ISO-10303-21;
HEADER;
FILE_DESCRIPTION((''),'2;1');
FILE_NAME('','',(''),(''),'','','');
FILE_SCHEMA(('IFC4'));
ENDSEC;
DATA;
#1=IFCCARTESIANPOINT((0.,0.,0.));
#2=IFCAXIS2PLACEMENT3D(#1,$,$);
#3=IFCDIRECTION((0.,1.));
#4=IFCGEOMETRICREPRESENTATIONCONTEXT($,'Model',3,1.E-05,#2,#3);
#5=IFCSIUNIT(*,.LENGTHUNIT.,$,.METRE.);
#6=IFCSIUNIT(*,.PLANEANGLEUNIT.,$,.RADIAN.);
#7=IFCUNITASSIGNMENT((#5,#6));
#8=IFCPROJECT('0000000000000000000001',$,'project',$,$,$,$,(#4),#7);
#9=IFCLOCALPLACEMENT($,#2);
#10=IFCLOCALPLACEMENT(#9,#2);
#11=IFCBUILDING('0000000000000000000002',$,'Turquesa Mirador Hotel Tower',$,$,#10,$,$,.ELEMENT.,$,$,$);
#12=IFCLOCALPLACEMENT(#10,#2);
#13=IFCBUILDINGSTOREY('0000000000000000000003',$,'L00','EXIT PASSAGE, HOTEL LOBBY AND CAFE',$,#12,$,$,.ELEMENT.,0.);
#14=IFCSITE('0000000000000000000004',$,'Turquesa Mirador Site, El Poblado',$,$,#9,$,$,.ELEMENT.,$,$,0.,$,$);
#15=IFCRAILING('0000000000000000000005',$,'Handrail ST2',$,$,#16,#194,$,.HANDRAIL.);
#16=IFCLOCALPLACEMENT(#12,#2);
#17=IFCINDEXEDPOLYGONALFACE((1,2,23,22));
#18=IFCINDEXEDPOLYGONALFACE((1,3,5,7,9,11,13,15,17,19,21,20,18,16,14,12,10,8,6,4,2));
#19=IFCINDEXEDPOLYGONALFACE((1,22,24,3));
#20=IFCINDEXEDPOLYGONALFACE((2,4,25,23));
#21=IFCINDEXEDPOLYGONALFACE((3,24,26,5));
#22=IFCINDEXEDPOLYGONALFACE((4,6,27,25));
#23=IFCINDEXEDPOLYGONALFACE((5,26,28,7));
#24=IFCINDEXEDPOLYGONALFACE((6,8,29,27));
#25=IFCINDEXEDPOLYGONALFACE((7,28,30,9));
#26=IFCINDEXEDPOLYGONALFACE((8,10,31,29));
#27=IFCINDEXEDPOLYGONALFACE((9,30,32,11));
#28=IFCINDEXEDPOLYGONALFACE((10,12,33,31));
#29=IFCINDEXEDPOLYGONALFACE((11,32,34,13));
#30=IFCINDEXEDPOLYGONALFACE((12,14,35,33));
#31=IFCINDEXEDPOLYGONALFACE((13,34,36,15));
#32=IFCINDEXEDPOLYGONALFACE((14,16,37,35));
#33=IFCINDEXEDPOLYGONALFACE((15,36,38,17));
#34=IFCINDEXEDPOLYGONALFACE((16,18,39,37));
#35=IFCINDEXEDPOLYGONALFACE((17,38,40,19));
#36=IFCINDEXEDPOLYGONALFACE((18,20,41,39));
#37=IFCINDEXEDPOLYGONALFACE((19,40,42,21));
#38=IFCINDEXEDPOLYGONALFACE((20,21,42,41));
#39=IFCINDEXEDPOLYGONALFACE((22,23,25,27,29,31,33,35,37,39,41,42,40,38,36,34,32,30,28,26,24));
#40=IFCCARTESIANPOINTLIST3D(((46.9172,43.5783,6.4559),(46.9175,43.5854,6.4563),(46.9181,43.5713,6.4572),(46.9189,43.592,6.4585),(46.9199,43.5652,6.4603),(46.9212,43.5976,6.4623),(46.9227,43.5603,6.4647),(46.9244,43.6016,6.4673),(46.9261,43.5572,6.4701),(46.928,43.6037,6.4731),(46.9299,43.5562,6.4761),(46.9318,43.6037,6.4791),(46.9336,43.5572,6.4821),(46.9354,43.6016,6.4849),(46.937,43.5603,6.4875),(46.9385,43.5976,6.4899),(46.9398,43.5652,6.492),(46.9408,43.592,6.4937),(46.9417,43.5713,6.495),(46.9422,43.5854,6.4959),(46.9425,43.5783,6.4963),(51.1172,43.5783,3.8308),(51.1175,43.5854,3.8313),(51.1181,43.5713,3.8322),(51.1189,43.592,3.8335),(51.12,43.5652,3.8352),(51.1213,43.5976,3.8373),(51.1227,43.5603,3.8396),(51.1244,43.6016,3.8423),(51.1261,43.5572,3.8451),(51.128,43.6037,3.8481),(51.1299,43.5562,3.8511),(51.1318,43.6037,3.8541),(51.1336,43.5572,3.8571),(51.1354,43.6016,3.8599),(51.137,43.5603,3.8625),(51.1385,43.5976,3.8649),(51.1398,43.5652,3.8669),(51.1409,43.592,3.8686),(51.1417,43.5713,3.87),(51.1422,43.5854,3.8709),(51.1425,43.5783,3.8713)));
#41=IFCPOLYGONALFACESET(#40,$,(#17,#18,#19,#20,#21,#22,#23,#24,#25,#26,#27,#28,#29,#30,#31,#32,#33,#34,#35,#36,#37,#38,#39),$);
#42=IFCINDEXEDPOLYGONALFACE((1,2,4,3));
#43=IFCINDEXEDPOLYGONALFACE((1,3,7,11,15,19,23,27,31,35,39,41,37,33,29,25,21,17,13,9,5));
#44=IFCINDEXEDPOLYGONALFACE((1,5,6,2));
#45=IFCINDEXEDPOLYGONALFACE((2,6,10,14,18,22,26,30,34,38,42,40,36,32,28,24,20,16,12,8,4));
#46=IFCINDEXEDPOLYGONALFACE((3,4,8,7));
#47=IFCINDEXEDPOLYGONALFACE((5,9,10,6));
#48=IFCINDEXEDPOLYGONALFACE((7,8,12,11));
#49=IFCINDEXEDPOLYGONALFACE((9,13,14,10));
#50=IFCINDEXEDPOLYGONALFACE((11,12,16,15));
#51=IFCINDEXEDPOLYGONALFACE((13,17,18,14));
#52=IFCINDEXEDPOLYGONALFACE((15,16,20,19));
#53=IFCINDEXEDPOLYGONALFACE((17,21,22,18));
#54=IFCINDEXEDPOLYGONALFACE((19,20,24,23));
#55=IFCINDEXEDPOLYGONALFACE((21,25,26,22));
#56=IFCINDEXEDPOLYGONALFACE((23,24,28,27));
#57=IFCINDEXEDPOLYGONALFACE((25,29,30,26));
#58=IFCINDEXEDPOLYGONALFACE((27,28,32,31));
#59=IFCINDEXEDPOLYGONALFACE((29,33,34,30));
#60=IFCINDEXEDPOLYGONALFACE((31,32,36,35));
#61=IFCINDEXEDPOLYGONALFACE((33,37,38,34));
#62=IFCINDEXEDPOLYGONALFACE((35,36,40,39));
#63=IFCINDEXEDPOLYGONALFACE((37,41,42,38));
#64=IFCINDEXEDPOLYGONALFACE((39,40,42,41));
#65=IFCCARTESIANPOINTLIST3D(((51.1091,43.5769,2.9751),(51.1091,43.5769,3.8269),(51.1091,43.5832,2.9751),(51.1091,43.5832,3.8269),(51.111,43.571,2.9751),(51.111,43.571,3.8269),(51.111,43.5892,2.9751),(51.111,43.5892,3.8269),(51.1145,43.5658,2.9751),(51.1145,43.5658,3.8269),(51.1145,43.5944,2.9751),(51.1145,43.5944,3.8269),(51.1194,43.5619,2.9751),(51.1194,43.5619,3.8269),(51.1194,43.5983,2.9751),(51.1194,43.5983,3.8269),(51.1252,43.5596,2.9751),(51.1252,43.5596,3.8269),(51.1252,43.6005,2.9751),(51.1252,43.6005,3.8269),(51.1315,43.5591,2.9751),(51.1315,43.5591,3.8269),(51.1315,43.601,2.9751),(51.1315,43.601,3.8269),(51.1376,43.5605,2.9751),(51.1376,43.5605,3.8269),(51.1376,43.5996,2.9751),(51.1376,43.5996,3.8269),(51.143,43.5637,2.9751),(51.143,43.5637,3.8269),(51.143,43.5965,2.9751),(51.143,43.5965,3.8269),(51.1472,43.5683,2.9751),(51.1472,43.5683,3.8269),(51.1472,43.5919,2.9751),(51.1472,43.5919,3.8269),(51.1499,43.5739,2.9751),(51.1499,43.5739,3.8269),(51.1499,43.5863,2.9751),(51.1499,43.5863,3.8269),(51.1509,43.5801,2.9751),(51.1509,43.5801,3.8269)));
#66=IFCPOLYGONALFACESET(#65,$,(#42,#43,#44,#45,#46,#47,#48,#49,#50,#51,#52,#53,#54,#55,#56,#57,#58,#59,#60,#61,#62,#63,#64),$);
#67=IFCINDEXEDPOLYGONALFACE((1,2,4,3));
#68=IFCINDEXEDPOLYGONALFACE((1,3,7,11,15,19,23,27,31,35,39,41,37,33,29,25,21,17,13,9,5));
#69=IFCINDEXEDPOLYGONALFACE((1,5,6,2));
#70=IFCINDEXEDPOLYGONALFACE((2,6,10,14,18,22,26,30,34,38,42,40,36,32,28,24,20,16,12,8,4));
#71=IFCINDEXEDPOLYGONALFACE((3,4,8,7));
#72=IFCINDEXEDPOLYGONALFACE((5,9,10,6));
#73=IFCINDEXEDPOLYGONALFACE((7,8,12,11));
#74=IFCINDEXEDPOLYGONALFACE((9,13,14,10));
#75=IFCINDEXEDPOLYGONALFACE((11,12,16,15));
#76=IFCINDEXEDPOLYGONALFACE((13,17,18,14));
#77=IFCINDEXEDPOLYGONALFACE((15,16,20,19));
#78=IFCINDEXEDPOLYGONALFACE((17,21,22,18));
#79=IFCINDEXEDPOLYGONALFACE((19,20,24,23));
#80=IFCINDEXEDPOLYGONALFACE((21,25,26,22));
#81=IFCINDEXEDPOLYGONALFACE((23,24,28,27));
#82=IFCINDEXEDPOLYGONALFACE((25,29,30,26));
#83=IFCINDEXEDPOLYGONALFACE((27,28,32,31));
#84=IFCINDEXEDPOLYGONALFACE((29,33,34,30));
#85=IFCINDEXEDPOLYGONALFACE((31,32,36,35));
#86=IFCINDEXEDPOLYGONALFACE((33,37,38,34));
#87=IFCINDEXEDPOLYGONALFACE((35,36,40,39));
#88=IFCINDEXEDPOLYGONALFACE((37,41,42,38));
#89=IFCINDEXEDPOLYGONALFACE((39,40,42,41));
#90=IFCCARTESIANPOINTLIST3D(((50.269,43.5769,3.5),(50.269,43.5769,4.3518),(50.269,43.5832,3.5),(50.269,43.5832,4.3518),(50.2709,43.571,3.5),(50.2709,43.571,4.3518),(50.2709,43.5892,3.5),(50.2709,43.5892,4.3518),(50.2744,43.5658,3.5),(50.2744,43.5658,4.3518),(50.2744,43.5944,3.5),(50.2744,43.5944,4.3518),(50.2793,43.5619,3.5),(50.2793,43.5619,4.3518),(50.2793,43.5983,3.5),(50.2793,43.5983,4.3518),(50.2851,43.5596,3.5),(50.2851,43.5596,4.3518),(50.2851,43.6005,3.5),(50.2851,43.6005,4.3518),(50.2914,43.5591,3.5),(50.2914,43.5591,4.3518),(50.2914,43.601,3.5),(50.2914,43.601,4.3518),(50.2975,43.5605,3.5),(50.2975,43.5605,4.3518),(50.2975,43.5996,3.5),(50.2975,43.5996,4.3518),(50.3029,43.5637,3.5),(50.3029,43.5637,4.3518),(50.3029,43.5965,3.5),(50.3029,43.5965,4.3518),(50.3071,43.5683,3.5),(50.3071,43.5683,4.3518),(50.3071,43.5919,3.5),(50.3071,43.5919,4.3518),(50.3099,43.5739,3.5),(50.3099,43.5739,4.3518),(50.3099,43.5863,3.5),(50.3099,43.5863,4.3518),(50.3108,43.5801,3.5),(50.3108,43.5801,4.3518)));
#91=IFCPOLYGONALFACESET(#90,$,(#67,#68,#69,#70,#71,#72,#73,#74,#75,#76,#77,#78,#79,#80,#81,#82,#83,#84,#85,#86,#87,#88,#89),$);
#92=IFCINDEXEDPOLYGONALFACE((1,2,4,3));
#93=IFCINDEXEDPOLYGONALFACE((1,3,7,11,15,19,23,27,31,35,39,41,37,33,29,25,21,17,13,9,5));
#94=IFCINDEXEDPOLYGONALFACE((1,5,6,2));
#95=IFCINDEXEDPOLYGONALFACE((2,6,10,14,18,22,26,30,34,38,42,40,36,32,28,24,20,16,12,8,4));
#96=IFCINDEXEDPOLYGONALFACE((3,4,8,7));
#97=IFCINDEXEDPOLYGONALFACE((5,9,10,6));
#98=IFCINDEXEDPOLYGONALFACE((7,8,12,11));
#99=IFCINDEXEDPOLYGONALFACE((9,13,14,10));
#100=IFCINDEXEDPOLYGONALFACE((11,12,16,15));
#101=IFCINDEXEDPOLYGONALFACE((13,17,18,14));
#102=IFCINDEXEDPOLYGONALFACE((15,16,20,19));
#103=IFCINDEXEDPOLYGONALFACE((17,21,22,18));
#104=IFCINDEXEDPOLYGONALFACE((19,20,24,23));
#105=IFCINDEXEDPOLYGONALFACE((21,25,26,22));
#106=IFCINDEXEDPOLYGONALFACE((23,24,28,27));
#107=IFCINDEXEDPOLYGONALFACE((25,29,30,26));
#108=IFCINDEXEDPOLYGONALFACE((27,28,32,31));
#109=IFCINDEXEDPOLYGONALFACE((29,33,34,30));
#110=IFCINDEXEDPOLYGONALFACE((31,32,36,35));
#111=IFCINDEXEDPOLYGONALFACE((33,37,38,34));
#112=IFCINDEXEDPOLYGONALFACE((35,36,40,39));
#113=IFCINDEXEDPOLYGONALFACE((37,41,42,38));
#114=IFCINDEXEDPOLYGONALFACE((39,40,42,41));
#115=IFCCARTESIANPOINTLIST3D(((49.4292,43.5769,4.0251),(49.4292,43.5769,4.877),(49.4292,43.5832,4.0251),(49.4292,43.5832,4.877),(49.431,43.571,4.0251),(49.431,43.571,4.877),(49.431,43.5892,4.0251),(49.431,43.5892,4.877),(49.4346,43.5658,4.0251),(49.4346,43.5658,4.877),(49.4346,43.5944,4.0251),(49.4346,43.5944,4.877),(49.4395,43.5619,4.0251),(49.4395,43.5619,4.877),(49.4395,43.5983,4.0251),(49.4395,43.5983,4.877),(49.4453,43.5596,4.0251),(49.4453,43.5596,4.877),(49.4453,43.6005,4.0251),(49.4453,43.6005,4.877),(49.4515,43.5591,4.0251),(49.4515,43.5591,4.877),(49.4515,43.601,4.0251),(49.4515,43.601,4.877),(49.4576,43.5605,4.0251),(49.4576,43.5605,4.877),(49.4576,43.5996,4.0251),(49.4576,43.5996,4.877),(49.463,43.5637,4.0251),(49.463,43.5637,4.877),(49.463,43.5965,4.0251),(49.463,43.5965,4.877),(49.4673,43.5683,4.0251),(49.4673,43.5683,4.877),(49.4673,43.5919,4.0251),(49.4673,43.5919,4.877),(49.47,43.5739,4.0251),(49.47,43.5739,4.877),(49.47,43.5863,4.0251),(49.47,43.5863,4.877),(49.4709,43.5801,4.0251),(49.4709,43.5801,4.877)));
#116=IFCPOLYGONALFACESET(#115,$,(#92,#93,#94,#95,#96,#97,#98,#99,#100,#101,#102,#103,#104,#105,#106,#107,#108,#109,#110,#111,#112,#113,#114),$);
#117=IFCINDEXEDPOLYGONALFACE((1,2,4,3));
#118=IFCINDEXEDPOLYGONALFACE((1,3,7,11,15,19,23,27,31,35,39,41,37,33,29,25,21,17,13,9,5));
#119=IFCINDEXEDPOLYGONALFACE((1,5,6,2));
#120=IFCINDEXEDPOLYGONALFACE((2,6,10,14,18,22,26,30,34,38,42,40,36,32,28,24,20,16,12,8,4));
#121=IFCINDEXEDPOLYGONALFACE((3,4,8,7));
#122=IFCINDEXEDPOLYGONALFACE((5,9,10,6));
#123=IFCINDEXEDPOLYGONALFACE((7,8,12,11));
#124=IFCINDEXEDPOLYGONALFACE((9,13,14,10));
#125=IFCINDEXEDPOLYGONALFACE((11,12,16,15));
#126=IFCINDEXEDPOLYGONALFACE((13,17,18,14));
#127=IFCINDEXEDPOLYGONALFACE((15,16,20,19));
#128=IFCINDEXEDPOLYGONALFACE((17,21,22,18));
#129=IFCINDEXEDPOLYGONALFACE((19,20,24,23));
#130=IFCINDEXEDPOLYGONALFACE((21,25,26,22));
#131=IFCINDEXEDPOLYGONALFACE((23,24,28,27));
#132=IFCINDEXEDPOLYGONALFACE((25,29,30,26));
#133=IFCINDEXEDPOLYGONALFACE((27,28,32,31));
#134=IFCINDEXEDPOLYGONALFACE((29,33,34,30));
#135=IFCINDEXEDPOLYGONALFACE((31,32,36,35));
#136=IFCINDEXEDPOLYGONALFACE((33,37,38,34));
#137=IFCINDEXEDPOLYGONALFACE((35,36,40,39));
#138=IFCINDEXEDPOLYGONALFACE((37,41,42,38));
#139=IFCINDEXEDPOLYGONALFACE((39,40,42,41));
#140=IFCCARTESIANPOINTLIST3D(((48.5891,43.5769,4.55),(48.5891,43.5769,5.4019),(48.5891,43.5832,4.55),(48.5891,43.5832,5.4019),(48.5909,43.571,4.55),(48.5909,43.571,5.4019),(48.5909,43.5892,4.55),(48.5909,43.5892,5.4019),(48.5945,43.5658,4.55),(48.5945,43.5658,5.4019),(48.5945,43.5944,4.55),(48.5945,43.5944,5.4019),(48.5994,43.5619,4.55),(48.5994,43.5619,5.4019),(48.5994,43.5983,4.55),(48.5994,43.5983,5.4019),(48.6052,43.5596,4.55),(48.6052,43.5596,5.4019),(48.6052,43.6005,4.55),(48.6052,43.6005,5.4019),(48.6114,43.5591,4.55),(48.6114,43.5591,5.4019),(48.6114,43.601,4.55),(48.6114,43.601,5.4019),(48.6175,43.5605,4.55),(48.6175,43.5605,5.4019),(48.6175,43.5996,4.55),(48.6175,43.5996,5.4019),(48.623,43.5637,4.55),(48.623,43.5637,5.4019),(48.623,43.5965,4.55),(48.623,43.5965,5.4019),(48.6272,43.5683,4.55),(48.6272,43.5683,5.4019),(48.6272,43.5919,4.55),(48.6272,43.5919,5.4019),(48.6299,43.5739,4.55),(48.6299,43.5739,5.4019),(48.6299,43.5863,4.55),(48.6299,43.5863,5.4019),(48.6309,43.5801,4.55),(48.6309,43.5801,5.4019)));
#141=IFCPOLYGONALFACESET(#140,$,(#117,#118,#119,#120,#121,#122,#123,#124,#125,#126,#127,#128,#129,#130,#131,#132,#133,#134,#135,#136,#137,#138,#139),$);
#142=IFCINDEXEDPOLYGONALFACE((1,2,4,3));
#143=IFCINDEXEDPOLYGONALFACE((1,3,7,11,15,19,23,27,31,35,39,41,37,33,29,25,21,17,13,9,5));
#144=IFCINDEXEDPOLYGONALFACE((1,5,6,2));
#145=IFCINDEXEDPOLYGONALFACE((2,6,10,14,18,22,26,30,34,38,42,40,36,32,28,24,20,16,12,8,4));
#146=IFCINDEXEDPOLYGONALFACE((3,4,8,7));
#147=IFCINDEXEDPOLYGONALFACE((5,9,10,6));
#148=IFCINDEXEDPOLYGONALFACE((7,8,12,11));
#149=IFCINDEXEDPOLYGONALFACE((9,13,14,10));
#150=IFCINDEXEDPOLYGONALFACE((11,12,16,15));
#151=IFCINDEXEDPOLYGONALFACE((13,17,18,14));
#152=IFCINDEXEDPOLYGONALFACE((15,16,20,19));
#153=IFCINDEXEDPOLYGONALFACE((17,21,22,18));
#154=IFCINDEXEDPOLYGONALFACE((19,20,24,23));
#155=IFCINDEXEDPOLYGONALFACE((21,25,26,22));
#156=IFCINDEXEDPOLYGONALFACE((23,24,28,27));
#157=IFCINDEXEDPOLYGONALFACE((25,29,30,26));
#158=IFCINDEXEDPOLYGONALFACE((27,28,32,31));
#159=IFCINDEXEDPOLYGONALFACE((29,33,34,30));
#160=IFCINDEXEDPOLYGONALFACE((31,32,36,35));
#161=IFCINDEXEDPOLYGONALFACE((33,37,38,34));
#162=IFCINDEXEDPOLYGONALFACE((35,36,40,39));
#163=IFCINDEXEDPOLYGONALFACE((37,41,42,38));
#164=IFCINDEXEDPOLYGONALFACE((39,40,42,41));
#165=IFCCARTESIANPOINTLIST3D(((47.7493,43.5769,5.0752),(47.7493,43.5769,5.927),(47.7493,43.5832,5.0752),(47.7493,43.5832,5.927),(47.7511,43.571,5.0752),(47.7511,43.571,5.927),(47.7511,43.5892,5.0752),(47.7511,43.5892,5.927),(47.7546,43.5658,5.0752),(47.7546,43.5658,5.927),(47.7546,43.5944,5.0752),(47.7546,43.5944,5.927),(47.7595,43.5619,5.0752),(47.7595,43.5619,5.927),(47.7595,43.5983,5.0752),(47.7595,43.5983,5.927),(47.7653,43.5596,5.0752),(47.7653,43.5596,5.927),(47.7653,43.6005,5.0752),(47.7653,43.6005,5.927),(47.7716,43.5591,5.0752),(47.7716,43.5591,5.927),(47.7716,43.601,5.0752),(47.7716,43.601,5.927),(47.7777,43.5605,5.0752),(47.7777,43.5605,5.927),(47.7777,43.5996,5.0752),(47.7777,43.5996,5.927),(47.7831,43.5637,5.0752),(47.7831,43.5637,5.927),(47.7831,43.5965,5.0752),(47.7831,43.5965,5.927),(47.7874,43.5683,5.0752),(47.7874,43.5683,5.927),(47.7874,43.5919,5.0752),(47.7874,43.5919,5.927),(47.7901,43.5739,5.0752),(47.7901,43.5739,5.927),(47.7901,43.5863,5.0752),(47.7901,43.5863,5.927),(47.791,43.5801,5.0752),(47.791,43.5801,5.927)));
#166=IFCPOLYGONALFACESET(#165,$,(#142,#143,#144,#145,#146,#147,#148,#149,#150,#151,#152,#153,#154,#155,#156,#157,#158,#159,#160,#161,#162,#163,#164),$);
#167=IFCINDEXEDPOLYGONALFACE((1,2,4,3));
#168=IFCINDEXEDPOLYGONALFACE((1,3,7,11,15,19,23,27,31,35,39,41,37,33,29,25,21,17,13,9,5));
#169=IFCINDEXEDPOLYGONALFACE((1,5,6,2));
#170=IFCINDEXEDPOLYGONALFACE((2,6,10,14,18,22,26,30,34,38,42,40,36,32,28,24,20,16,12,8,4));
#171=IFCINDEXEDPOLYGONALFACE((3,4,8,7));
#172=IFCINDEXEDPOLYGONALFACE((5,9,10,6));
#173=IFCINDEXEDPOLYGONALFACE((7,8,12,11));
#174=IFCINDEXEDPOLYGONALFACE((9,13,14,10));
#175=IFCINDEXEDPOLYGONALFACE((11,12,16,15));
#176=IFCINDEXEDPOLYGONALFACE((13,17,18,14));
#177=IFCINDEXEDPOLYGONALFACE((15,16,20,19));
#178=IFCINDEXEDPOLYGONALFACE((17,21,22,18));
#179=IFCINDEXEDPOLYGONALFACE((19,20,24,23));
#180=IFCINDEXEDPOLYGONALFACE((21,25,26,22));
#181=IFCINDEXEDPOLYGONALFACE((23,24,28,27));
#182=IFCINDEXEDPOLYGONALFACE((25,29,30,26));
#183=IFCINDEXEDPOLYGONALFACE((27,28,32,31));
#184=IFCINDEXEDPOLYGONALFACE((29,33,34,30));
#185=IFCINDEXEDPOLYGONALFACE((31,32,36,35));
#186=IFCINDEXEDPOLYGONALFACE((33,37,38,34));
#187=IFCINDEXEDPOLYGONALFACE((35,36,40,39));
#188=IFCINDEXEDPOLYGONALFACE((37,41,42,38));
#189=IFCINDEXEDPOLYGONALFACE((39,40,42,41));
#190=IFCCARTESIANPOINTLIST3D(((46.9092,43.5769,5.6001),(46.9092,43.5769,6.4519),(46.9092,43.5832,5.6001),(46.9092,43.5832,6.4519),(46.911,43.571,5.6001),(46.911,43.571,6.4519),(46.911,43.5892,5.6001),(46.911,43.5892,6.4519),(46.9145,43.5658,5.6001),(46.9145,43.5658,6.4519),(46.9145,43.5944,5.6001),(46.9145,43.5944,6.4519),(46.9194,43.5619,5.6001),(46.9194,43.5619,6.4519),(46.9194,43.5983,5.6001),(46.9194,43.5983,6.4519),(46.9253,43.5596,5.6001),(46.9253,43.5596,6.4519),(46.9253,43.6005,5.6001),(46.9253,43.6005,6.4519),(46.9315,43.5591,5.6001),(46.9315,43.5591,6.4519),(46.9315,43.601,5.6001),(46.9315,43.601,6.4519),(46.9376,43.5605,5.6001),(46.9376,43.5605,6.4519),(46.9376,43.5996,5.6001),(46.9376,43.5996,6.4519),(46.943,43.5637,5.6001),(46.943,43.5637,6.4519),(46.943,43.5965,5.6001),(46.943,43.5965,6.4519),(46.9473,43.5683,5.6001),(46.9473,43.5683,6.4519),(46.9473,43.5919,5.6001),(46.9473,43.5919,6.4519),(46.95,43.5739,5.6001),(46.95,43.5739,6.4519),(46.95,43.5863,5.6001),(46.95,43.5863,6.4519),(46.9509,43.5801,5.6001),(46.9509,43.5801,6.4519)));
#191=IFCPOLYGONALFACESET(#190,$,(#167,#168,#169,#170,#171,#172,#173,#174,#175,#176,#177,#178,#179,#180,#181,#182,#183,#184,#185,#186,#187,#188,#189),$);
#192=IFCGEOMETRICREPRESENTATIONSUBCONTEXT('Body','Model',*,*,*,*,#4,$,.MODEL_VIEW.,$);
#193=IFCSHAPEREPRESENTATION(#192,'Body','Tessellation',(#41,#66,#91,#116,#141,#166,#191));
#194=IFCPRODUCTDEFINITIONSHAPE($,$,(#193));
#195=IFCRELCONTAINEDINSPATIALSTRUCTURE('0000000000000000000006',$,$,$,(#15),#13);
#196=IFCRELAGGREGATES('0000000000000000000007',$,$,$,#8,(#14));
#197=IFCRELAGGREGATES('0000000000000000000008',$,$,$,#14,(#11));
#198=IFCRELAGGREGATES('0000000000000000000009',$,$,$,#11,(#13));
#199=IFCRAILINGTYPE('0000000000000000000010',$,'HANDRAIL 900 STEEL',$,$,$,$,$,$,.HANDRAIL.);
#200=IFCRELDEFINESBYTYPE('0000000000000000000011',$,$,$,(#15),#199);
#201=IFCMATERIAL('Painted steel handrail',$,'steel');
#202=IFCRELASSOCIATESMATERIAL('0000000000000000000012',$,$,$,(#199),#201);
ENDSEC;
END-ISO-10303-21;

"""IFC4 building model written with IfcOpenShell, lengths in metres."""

from ifc_helpers import new_model, si_unit, direction, frame, origin, origin_2d, place, context, subcontext, project, spatial, circle, extrude, material, type_object, element, save


model = new_model("IFC4")

# Units and contexts
model_context = context("Model", 3, precision=1e-05, world=origin(), true_north=direction((0.0, 1.0)))
body_context = subcontext(model_context, "Body", "Model", "MODEL_VIEW")
ifc_project = project(units=[si_unit("LENGTHUNIT", "METRE"), si_unit("PLANEANGLEUNIT", "RADIAN")], contexts=[model_context])

# Site, building, storey
site_placement = place(None, origin())
site = spatial("IfcSite", under=ifc_project, at=site_placement, Name="Turquesa Mirador Site, El Poblado", CompositionType="ELEMENT", RefElevation=0.0)
building_placement = place(site_placement, origin())
building = spatial("IfcBuilding", under=site, at=building_placement, Name="Turquesa Mirador Hotel Tower", CompositionType="ELEMENT")
storey_placement = place(building_placement, origin())
storey = spatial("IfcBuildingStorey", under=building, at=storey_placement, Name="L00", Description="EXIT PASSAGE, HOTEL LOBBY AND CAFE", CompositionType="ELEMENT", Elevation=0.0)

# Railing
ifc_material_1 = material(Name="Painted steel handrail", Category="steel")
railing_type = type_object("IfcRailingType", Name="HANDRAIL 900 STEEL", PredefinedType="HANDRAIL", material=ifc_material_1)
for number, where, name in (
    (1, (51.1299, 43.5801, 2.9751), "Handrail ST2"),
):
    element("IfcRailing", number, at=place(storey_placement, frame(where)), inside=storey, type_object=railing_type, Name=name, PredefinedType="HANDRAIL", context=body_context, shape_type="SweptSolid", body=[
        extrude(circle(Radius=0.0239, at=origin_2d()), frame((0.0, 0.0, 0.876), z_axis=(-0.847996, 0.0, 0.530003), x_axis=(0.0, -1.0, 0.0)), (0.0, 0.0, 1.0), 4.9529),
        extrude(circle(Radius=0.021, at=origin_2d()), origin(), (0.0, 0.0, 1.0), 0.8518),
        extrude(circle(Radius=0.021, at=origin_2d()), frame((-0.8401, 0.0, 0.5249)), (0.0, 0.0, 1.0), 0.8518),
        extrude(circle(Radius=0.021, at=origin_2d()), frame((-1.6799, 0.0, 1.05)), (0.0, 0.0, 1.0), 0.8518),
        extrude(circle(Radius=0.021, at=origin_2d()), frame((-2.52, 0.0, 1.575)), (0.0, 0.0, 1.0), 0.8518),
        extrude(circle(Radius=0.021, at=origin_2d()), frame((-3.3599, 0.0, 2.1001)), (0.0, 0.0, 1.0), 0.8518),
        extrude(circle(Radius=0.021, at=origin_2d()), frame((-4.2, 0.0, 2.625)), (0.0, 0.0, 1.0), 0.8518),
    ])

save(model, "model.ifc")
